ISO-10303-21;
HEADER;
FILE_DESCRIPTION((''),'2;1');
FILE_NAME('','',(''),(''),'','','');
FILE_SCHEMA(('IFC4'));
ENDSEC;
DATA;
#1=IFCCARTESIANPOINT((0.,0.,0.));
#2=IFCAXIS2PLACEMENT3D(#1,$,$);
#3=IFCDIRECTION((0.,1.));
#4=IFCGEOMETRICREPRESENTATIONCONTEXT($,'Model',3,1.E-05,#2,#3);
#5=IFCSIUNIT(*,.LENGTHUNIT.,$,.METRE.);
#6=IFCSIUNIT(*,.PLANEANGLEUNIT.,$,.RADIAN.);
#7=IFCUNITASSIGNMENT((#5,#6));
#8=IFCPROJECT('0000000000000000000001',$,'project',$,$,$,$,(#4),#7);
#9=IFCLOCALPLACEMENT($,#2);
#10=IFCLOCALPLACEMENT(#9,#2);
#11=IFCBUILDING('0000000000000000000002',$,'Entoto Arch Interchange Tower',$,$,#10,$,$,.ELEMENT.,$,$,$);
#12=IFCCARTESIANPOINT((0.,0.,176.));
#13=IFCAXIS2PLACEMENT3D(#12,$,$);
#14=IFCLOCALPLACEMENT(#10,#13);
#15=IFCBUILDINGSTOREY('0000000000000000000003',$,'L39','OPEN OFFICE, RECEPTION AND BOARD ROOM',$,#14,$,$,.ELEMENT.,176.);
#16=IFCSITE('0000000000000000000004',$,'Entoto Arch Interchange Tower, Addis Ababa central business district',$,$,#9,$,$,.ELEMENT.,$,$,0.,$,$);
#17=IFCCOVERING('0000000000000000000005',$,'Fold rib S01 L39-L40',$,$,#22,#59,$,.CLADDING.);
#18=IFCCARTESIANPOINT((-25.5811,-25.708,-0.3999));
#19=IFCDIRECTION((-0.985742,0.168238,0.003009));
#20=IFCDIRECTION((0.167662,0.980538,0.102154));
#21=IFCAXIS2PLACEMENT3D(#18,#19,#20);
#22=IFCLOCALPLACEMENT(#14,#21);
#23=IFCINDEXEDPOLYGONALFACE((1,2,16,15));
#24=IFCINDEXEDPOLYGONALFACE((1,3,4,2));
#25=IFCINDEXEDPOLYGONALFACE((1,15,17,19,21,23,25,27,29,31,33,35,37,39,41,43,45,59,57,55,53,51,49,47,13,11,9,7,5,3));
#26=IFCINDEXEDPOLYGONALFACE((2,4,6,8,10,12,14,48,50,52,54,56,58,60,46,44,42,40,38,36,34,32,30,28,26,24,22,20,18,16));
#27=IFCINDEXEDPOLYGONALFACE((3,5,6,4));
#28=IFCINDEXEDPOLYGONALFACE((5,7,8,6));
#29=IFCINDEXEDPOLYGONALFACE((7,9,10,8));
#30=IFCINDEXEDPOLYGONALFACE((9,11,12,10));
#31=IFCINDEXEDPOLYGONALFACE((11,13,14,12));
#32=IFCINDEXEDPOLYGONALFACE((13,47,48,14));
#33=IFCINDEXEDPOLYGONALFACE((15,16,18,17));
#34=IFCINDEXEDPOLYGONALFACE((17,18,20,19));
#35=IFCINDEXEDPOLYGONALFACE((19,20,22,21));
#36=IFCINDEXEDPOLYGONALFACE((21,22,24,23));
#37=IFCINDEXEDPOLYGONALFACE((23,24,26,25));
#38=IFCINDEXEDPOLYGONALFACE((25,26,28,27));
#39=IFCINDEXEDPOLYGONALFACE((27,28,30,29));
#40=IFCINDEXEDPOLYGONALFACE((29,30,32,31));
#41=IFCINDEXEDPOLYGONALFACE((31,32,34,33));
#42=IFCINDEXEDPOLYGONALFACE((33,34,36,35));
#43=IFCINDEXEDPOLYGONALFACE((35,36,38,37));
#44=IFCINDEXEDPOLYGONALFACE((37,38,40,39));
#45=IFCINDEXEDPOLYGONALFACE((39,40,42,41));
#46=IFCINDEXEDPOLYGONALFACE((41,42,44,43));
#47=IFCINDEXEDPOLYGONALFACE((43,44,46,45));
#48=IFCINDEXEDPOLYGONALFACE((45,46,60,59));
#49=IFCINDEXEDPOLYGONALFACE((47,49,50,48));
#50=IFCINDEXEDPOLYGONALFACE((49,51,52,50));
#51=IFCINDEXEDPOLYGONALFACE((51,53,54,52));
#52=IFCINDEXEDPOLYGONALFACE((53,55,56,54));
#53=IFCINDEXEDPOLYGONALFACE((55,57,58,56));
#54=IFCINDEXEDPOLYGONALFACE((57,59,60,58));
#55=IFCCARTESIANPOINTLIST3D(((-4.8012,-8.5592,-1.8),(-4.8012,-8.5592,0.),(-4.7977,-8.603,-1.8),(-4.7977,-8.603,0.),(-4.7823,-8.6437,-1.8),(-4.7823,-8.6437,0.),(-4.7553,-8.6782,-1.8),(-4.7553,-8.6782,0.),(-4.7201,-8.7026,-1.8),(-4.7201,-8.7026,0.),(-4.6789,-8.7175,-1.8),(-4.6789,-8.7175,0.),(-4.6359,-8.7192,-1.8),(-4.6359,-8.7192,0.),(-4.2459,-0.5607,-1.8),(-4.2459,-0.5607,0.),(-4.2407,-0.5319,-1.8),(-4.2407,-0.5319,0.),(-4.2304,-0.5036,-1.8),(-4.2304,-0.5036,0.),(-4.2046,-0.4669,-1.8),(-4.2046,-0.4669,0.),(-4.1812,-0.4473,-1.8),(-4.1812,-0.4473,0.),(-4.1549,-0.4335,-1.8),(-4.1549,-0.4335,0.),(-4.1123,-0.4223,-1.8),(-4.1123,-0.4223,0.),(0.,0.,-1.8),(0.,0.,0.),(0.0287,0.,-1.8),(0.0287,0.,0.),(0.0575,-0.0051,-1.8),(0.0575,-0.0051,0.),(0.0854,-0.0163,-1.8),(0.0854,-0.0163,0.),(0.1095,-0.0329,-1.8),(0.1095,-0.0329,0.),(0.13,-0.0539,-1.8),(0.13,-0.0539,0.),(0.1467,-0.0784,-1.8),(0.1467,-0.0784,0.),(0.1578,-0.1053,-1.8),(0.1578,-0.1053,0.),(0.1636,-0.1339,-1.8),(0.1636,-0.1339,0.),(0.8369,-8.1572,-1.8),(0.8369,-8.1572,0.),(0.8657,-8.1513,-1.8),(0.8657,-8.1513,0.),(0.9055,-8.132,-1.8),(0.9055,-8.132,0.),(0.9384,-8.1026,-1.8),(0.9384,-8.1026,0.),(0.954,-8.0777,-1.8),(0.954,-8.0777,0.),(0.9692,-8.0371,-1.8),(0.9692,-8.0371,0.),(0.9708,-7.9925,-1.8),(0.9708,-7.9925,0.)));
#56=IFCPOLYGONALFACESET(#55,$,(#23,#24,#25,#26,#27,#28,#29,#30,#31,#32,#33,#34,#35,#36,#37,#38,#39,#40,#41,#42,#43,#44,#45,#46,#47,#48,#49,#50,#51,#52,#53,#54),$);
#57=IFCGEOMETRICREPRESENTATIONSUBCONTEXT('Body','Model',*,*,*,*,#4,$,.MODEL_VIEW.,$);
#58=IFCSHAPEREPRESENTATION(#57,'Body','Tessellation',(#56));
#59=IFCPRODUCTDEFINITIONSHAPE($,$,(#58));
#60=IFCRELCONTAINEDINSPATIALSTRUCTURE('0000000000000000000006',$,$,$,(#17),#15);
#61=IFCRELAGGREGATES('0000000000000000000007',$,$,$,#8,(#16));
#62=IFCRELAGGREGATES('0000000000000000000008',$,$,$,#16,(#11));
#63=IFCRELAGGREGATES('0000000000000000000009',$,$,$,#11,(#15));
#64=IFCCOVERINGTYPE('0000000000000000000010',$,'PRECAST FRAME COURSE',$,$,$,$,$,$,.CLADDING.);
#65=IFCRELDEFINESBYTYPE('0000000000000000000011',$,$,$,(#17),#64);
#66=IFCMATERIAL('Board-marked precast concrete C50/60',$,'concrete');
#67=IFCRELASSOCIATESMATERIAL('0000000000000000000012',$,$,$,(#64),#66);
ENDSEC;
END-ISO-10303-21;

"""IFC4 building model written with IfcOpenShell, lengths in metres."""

from ifc_helpers import new_model, si_unit, direction, frame, origin, place, context, subcontext, project, spatial, polyline, outline, extrude, material, type_object, element, save


model = new_model("IFC4")

# Units and contexts
model_context = context("Model", 3, precision=1e-05, world=origin(), true_north=direction((0.0, 1.0)))
body_context = subcontext(model_context, "Body", "Model", "MODEL_VIEW")
ifc_project = project(units=[si_unit("LENGTHUNIT", "METRE"), si_unit("PLANEANGLEUNIT", "RADIAN")], contexts=[model_context])

# Site, building, storey
site_placement = place(None, origin())
site = spatial("IfcSite", under=ifc_project, at=site_placement, Name="Entoto Arch Interchange Tower, Addis Ababa central business district", CompositionType="ELEMENT", RefElevation=0.0)
building_placement = place(site_placement, origin())
building = spatial("IfcBuilding", under=site, at=building_placement, Name="Entoto Arch Interchange Tower", CompositionType="ELEMENT")
storey_placement = place(building_placement, frame((0.0, 0.0, 176.0)))
storey = spatial("IfcBuildingStorey", under=building, at=storey_placement, Name="L39", Description="OPEN OFFICE, RECEPTION AND BOARD ROOM", CompositionType="ELEMENT", Elevation=176.0)

# Covering
ifc_material_1 = material(Name="Board-marked precast concrete C50/60", Category="concrete")
covering_type = type_object("IfcCoveringType", Name="PRECAST FRAME COURSE", PredefinedType="CLADDING", material=ifc_material_1)
covering_placement = place(storey_placement, frame((-25.5811, -25.708, -0.3999), z_axis=(-0.985742, 0.168238, 0.003009), x_axis=(0.167662, 0.980538, 0.102154)))
element("IfcCovering", 1, at=covering_placement, inside=storey, type_object=covering_type, Name="Fold rib S01 L39-L40", PredefinedType="CLADDING", context=body_context, shape_type="SweptSolid", body=[
    extrude(outline(polyline([(0.0, 0.0), (0.0287, 0.0), (0.0575, -0.0051), (0.0854, -0.0163), (0.1095, -0.0329), (0.13, -0.0539), (0.1467, -0.0784), (0.1578, -0.1053), (0.1636, -0.1339), (0.9708, -7.9925), (0.9692, -8.0371), (0.954, -8.0777), (0.9384, -8.1026), (0.9055, -8.132), (0.8657, -8.1513), (0.8369, -8.1572), (-4.6359, -8.7192), (-4.6789, -8.7175), (-4.7201, -8.7026), (-4.7553, -8.6782), (-4.7823, -8.6437), (-4.7977, -8.603), (-4.8012, -8.5592), (-4.2459, -0.5607), (-4.2407, -0.5319), (-4.2304, -0.5036), (-4.2046, -0.4669), (-4.1812, -0.4473), (-4.1549, -0.4335), (-4.1123, -0.4223), (0.0, 0.0)])), origin(), (0.0, 0.0, -1.0), 1.8),
])

save(model, "model.ifc")
